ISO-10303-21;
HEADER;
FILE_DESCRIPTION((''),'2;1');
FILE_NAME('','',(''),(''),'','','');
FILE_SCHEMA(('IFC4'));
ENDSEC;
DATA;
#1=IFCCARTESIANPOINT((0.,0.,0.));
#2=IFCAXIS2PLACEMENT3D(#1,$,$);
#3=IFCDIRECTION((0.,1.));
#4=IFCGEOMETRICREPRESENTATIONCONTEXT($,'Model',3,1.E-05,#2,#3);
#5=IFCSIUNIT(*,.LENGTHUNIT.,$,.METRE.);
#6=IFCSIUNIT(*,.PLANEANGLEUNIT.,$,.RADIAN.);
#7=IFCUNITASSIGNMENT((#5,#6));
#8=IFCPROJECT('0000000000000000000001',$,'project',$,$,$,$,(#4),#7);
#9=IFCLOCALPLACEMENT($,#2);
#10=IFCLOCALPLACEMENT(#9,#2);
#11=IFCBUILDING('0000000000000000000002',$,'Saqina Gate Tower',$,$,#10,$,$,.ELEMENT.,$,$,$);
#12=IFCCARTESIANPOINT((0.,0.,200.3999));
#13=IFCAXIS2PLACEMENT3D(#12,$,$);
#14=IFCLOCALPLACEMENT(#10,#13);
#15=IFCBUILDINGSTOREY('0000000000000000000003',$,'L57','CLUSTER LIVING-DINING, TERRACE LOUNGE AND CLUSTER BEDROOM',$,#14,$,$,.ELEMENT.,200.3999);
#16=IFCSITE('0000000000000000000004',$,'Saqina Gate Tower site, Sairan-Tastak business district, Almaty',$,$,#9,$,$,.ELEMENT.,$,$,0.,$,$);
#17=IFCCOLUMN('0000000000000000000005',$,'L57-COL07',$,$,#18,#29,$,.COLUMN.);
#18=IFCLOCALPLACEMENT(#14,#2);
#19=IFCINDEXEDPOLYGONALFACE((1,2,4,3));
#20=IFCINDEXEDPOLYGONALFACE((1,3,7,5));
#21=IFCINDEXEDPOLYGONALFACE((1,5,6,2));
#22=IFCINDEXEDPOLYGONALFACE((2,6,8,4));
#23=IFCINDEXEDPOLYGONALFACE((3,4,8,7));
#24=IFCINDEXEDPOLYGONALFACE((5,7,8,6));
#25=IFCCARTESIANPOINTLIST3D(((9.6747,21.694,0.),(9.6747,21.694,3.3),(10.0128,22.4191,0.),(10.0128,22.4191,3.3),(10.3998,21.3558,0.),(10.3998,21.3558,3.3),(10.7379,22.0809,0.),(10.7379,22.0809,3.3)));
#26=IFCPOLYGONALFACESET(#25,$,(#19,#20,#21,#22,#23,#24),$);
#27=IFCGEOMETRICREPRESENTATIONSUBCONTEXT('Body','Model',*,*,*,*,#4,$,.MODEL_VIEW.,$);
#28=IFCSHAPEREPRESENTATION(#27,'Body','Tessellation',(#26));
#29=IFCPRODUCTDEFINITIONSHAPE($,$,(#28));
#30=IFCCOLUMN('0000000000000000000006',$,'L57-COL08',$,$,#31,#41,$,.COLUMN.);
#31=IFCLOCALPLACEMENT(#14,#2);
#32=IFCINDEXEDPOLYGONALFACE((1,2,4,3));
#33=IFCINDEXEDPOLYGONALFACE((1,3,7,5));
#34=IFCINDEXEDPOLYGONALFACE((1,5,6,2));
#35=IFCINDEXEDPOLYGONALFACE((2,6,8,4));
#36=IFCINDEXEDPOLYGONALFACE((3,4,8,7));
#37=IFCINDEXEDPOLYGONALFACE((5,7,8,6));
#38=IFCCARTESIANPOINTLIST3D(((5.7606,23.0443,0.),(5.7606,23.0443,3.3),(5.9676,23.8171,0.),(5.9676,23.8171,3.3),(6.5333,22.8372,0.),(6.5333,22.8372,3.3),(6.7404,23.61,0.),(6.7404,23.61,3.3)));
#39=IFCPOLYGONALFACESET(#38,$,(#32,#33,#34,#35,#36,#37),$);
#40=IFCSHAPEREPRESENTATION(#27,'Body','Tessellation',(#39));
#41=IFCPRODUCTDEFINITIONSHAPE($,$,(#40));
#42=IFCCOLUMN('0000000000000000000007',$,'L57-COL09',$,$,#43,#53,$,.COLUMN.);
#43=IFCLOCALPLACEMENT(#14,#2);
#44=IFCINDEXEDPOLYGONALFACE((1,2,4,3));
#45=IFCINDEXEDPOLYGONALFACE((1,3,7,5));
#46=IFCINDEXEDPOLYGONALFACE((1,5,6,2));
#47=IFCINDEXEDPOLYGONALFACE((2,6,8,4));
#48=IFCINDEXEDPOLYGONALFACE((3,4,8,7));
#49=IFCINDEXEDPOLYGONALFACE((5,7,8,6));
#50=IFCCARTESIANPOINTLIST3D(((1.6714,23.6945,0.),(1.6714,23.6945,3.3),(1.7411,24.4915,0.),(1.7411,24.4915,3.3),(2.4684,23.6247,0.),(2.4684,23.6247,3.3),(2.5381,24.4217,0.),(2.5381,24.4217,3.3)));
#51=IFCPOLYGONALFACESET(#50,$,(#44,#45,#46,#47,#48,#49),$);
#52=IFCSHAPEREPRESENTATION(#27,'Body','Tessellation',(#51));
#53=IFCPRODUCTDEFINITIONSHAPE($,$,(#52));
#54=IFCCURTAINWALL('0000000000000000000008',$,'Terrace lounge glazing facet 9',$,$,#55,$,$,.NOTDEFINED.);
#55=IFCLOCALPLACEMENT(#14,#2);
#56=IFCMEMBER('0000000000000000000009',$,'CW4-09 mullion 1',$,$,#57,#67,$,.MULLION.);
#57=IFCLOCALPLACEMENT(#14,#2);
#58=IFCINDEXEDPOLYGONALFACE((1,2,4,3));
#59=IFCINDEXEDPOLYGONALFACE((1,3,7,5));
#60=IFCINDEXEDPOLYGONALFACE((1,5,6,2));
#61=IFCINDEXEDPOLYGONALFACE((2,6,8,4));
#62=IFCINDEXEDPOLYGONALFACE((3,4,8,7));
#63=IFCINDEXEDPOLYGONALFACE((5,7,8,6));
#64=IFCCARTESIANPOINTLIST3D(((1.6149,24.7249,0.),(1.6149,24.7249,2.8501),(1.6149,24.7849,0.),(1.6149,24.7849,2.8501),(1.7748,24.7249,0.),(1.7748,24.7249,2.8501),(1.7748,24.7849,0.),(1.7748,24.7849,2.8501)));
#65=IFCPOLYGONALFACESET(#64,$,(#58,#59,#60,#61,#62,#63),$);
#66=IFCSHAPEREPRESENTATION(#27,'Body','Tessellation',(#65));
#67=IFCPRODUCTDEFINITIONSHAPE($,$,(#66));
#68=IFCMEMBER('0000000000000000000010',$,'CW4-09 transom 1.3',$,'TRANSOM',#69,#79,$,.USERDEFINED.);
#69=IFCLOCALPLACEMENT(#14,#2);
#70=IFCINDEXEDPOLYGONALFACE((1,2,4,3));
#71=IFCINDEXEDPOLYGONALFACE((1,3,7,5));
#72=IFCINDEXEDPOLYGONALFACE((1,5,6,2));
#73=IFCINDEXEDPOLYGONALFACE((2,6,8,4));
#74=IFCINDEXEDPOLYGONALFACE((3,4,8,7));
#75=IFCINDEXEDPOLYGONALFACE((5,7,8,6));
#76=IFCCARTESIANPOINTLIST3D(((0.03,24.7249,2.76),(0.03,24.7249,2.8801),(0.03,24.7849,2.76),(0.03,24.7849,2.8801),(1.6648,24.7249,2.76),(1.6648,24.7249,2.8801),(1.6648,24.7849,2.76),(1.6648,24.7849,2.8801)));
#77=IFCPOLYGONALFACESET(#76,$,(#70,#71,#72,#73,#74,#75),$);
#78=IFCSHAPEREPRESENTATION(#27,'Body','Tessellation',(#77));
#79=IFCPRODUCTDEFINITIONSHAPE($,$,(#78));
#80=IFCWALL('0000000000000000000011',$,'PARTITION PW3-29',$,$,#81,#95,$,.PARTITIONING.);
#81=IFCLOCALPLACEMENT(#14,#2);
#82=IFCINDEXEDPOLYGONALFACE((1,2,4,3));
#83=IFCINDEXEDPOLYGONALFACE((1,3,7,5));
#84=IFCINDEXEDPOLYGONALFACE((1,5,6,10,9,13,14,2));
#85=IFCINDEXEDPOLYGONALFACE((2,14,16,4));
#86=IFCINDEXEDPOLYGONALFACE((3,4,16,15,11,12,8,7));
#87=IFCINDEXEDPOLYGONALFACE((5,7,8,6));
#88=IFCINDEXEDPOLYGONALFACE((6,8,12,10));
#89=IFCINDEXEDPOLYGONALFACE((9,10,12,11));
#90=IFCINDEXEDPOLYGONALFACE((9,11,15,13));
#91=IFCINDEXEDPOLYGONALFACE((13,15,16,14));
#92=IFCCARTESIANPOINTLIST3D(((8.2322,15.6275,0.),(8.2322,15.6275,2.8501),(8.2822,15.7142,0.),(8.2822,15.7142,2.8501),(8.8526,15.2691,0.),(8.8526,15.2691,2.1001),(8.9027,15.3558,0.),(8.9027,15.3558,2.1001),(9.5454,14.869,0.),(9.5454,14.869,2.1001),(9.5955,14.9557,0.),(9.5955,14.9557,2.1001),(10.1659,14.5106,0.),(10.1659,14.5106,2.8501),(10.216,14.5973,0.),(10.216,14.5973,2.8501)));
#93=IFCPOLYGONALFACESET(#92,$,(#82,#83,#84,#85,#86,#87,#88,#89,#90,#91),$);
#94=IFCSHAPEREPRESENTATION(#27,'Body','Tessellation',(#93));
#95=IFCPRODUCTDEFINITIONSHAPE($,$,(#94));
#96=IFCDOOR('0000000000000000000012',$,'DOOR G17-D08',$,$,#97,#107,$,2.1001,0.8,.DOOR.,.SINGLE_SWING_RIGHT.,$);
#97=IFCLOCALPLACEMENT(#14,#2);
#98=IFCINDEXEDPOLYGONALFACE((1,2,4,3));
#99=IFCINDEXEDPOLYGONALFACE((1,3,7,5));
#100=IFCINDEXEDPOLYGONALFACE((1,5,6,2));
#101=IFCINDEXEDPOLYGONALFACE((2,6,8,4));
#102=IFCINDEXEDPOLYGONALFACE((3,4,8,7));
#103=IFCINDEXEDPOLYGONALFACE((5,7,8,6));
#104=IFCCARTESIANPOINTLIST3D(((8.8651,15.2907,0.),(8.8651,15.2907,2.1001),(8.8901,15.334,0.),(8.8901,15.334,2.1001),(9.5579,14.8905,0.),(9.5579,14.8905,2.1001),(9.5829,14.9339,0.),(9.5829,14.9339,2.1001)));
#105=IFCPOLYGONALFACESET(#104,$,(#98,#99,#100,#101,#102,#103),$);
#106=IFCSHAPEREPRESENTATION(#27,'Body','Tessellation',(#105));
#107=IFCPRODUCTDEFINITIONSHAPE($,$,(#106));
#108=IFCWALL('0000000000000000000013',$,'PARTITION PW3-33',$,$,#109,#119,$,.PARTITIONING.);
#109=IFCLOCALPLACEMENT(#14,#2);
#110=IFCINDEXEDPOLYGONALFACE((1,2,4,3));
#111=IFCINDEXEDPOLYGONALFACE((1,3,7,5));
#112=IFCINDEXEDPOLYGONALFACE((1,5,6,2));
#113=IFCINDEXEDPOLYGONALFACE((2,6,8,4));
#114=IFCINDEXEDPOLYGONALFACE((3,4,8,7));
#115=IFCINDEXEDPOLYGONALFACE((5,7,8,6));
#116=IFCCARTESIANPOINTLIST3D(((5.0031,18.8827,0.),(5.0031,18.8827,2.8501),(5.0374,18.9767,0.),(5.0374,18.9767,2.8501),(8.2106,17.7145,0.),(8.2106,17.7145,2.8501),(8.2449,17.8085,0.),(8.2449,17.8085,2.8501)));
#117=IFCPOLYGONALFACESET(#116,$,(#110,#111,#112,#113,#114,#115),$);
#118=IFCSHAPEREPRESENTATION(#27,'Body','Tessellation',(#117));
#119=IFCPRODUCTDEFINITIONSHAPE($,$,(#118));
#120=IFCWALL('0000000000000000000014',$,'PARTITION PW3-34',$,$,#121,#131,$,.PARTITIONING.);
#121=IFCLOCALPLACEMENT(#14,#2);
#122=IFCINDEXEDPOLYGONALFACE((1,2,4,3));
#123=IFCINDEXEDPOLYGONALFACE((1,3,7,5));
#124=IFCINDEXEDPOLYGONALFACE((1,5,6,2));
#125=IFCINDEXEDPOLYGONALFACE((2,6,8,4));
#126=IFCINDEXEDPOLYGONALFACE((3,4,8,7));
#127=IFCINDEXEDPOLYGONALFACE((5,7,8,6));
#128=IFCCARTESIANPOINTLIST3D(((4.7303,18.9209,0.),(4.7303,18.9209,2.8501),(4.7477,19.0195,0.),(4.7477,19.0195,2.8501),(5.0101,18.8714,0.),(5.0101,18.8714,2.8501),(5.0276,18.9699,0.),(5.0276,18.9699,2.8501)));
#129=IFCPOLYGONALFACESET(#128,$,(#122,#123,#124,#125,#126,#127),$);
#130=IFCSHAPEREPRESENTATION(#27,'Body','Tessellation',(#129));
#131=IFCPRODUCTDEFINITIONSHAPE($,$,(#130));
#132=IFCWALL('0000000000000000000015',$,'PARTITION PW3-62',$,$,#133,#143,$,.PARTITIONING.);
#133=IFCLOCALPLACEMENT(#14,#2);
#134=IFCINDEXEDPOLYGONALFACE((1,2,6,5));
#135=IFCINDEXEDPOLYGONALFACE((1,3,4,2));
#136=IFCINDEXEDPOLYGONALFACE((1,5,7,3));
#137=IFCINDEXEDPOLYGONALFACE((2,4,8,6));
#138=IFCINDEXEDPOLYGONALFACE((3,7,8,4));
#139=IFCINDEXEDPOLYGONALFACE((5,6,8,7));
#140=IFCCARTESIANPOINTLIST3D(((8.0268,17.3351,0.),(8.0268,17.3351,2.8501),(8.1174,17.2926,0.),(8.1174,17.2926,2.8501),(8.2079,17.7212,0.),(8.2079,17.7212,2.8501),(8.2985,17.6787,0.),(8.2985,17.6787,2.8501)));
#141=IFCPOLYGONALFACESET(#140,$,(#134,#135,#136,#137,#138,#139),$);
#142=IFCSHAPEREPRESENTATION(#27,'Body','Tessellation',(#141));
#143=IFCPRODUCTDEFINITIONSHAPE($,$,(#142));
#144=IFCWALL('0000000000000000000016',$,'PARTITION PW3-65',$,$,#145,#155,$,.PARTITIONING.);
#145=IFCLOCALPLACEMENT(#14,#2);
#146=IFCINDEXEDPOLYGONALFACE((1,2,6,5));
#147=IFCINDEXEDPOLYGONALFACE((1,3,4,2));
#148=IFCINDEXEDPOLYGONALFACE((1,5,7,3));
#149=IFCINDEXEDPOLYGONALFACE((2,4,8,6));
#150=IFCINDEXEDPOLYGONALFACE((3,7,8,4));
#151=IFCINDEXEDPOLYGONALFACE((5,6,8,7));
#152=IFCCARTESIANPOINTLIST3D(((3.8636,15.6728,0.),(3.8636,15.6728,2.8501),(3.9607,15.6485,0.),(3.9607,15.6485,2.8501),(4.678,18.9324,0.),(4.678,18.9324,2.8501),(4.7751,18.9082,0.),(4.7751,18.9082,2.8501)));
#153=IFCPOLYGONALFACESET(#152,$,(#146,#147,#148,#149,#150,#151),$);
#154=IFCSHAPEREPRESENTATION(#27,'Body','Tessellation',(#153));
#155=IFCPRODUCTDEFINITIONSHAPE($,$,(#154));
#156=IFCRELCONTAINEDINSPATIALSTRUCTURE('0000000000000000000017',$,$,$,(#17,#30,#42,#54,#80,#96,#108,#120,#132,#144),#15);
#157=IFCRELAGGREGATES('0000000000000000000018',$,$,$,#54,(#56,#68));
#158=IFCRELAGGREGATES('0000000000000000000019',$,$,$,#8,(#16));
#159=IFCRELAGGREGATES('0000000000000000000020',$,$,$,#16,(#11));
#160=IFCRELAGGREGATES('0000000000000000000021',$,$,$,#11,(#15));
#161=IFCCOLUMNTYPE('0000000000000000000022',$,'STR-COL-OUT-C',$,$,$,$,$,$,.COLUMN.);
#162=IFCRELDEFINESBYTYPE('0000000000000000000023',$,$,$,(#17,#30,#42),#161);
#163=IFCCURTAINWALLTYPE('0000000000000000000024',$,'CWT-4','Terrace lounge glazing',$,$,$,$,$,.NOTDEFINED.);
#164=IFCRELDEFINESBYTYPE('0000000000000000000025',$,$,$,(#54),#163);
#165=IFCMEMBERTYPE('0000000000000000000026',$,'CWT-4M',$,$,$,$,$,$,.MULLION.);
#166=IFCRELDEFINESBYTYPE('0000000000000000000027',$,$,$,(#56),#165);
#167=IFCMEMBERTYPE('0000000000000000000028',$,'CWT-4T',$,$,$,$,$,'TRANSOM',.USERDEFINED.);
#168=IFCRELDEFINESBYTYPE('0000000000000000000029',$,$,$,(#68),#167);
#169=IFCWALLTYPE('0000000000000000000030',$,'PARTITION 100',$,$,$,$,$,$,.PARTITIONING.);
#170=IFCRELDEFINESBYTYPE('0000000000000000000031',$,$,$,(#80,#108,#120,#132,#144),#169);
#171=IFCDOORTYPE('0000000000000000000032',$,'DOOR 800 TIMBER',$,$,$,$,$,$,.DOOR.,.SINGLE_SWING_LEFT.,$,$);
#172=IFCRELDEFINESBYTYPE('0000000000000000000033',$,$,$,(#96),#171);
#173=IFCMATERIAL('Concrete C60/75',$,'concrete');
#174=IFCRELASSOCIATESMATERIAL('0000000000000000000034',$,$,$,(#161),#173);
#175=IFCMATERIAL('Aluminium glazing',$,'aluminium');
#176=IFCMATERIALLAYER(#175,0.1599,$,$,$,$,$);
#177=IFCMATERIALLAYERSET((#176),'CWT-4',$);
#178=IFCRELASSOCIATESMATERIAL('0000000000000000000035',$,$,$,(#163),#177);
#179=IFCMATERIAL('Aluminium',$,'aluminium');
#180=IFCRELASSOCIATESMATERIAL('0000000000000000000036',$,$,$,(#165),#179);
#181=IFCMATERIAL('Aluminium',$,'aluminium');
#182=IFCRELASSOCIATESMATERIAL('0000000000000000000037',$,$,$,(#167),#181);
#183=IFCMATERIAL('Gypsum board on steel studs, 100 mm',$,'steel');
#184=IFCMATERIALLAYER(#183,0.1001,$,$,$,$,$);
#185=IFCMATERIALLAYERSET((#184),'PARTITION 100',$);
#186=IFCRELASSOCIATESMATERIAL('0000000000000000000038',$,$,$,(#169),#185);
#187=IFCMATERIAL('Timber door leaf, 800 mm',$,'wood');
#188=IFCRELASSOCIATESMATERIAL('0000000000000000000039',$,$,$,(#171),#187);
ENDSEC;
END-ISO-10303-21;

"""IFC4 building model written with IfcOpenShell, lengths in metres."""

from ifc_helpers import new_model, si_unit, direction, frame, frame_2d, origin, origin_2d, place, context, subcontext, project, spatial, rectangle, extrude, material, layer, layer_set, material_profile, profile_set, type_object, element, fill, aggregate, save


model = new_model("IFC4")

# Units and contexts
model_context = context("Model", 3, precision=1e-05, world=origin(), true_north=direction((0.0, 1.0)))
body_context = subcontext(model_context, "Body", "Model", "MODEL_VIEW")
ifc_project = project(units=[si_unit("LENGTHUNIT", "METRE"), si_unit("PLANEANGLEUNIT", "RADIAN")], contexts=[model_context])

# Site, building, storey
site_placement = place(None, origin())
site = spatial("IfcSite", under=ifc_project, at=site_placement, Name="Saqina Gate Tower site, Sairan-Tastak business district, Almaty", CompositionType="ELEMENT", RefElevation=0.0)
building_placement = place(site_placement, origin())
building = spatial("IfcBuilding", under=site, at=building_placement, Name="Saqina Gate Tower", CompositionType="ELEMENT")
storey_placement = place(building_placement, frame((0.0, 0.0, 200.3999)))
storey = spatial("IfcBuildingStorey", under=building, at=storey_placement, Name="L57", Description="CLUSTER LIVING-DINING, TERRACE LOUNGE AND CLUSTER BEDROOM", CompositionType="ELEMENT", Elevation=200.3999)

# Columns
ifc_material_1 = material(Name="Concrete C60/75", Category="concrete")
ifc_material_profile_1 = material_profile(ifc_material_1, rectangle(XDim=0.8, YDim=0.8, at=origin_2d()), Name="RC 800x800")
ifc_profile_set_1 = profile_set([ifc_material_profile_1], Name="Concrete C60/75")
column_type = type_object("IfcColumnType", Name="STR-COL-OUT-C", PredefinedType="COLUMN", material=ifc_profile_set_1)
for number, where, z_axis, x_axis, name in (
    (1, (10.2063, 21.8875, 0.0), (0.0, 0.0, 1.0), (0.422618, 0.906308, 0.0), "L57-COL07"),
    (2, (6.2505, 23.3271, 0.0), (0.0, 0.0, 1.0), (0.258819, 0.965926, 0.0), "L57-COL08"),
    (3, (2.1047, 24.0581, 0.0), (0.0, 0.0, 1.0), (0.087156, 0.996195, 0.0), "L57-COL09"),
):
    element("IfcColumn", number, at=place(storey_placement, frame(where, z_axis=z_axis, x_axis=x_axis)), inside=storey, type_object=column_type, Name=name, PredefinedType="COLUMN", context=body_context, shape_type="SweptSolid", body=[
        extrude(rectangle(XDim=0.8, YDim=0.8, at=origin_2d()), origin(), (0.0, 0.0, 1.0), 3.3),
    ])

# Curtain wall, members
ifc_material_2 = material(Name="Aluminium glazing", Category="aluminium")
ifc_layer_1 = layer(ifc_material_2, 0.1599)
ifc_layer_set_1 = layer_set([ifc_layer_1], Name="CWT-4")
curtain_wall_type = type_object("IfcCurtainWallType", Name="CWT-4", Description="Terrace lounge glazing", PredefinedType="NOTDEFINED", material=ifc_layer_set_1)
curtain_wall_placement = place(storey_placement, origin())
curtain_wall = element("IfcCurtainWall", 4, at=curtain_wall_placement, inside=storey, type_object=curtain_wall_type, Name="Terrace lounge glazing facet 9", PredefinedType="NOTDEFINED")
ifc_material_3 = material(Name="Aluminium", Category="aluminium")
ifc_material_profile_2 = material_profile(ifc_material_3, rectangle(XDim=0.0601, YDim=0.1599, at=origin_2d()), Name="Aluminium 60x160")
ifc_profile_set_2 = profile_set([ifc_material_profile_2], Name="Aluminium")
member_type_1 = type_object("IfcMemberType", Name="CWT-4M", PredefinedType="MULLION", material=ifc_profile_set_2)
member_1_placement = place(storey_placement, frame((1.6948, 24.7549, 0.0), z_axis=(0.0, 0.0, 1.0), x_axis=(0.0, -1.0, 0.0)))
member_1 = element("IfcMember", 5, at=member_1_placement, type_object=member_type_1, Name="CW4-09 mullion 1", PredefinedType="MULLION", context=body_context, shape_type="SweptSolid", body=[
    extrude(rectangle(XDim=0.0601, YDim=0.1599, at=origin_2d()), origin(), (0.0, 0.0, 1.0), 2.8501),
])
ifc_material_4 = material(Name="Aluminium", Category="aluminium")
ifc_material_profile_3 = material_profile(ifc_material_4, rectangle(XDim=0.0601, YDim=0.1201, at=origin_2d()), Name="Aluminium 60x120")
ifc_profile_set_3 = profile_set([ifc_material_profile_3], Name="Aluminium")
member_type_2 = type_object("IfcMemberType", Name="CWT-4T", ElementType="TRANSOM", PredefinedType="USERDEFINED", material=ifc_profile_set_3)
member_2_placement = place(storey_placement, frame((1.6648, 24.7549, 2.8201), z_axis=(-1.0, 0.0, 0.0), x_axis=(0.0, -1.0, 0.0)))
member_2 = element("IfcMember", 6, at=member_2_placement, type_object=member_type_2, Name="CW4-09 transom 1.3", ObjectType="TRANSOM", PredefinedType="USERDEFINED", context=body_context, shape_type="SweptSolid", body=[
    extrude(rectangle(XDim=0.0601, YDim=0.1201, at=origin_2d()), origin(), (0.0, 0.0, 1.0), 1.6348),
])
aggregate(curtain_wall, [member_1, member_2])

# Wall, opening, door
ifc_material_5 = material(Name="Gypsum board on steel studs, 100 mm", Category="steel")
ifc_layer_2 = layer(ifc_material_5, 0.1001)
ifc_layer_set_2 = layer_set([ifc_layer_2], Name="PARTITION 100")
wall_type_1 = type_object("IfcWallType", Name="PARTITION 100", PredefinedType="PARTITIONING", material=ifc_layer_set_2)
wall_1_placement = place(storey_placement, frame((8.2571, 15.6709, 0.0), z_axis=(0.0, 0.0, 1.0), x_axis=(0.86594, -0.500148, 0.0)))
wall_1 = element("IfcWall", 7, at=wall_1_placement, inside=storey, type_object=wall_type_1, Name="PARTITION PW3-29", PredefinedType="PARTITIONING", context=body_context, shape_type="SweptSolid", body=[
    extrude(rectangle(XDim=2.2332, YDim=0.1001, at=frame_2d((1.1167, 0.0))), origin(), (0.0, 0.0, 1.0), 2.8501),
])
opening_1_placement = place(wall_1_placement, frame((0.7168, 0.0, 0.0)))
opening_1 = element("IfcOpeningElement", 8, at=opening_1_placement, cuts=wall_1, PredefinedType="OPENING", context=body_context, shape_type="SweptSolid", body=[
    extrude(rectangle(XDim=0.8, YDim=2.1001, at=frame_2d((0.3999, 1.05))), frame((0.0, 0.062, 0.0), z_axis=(0.0, -1.0, 0.0), x_axis=(1.0, 0.0, 0.0)), (0.0, 0.0, 1.0), 0.124),
])
ifc_material_6 = material(Name="Timber door leaf, 800 mm", Category="wood")
door_type_1 = type_object("IfcDoorType", Name="DOOR 800 TIMBER", OperationType="SINGLE_SWING_LEFT", PredefinedType="DOOR", material=ifc_material_6)
door_1_placement = place(opening_1_placement, origin())
door_1 = element("IfcDoor", 9, at=door_1_placement, inside=storey, type_object=door_type_1, Name="DOOR G17-D08", OperationType="SINGLE_SWING_RIGHT", OverallHeight=2.1001, OverallWidth=0.8, PredefinedType="DOOR", context=body_context, shape_type="SweptSolid", body=[
    extrude(rectangle(XDim=0.8, YDim=2.1001, at=frame_2d((0.3999, 1.05))), frame((0.0, 0.0249, 0.0), z_axis=(0.0, -1.0, 0.0), x_axis=(1.0, 0.0, 0.0)), (0.0, 0.0, 1.0), 0.05),
])
fill(opening_1, door_1)

# Walls
wall_2_placement = place(storey_placement, frame((5.0203, 18.9297, 0.0), z_axis=(0.0, 0.0, 1.0), x_axis=(0.93962, -0.34222, 0.0)))
element("IfcWall", 10, at=wall_2_placement, inside=storey, type_object=wall_type_1, Name="PARTITION PW3-33", PredefinedType="PARTITIONING", context=body_context, shape_type="SweptSolid", body=[
    extrude(rectangle(XDim=3.4136, YDim=0.1001, at=frame_2d((1.7068, 0.0))), origin(), (0.0, 0.0, 1.0), 2.8501),
])
wall_3_placement = place(storey_placement, frame((4.739, 18.9702, 0.0), z_axis=(0.0, 0.0, 1.0), x_axis=(0.984671, -0.174423, 0.0)))
element("IfcWall", 11, at=wall_3_placement, inside=storey, type_object=wall_type_1, Name="PARTITION PW3-34", PredefinedType="PARTITIONING", context=body_context, shape_type="SweptSolid", body=[
    extrude(rectangle(XDim=0.2842, YDim=0.1001, at=frame_2d((0.1421, 0.0))), origin(), (0.0, 0.0, 1.0), 2.8501),
])
wall_4_placement = place(storey_placement, frame((8.072, 17.3137, 0.0), z_axis=(0.0, 0.0, 1.0), x_axis=(0.424639, 0.905363, 0.0)))
element("IfcWall", 12, at=wall_4_placement, inside=storey, type_object=wall_type_1, Name="PARTITION PW3-62", PredefinedType="PARTITIONING", context=body_context, shape_type="SweptSolid", body=[
    extrude(rectangle(XDim=0.4265, YDim=0.1001, at=frame_2d((0.2134, 0.0))), origin(), (0.0, 0.0, 1.0), 2.8501),
])
wall_5_placement = place(storey_placement, frame((3.9121, 15.6606, 0.0), z_axis=(0.0, 0.0, 1.0), x_axis=(0.242399, 0.970177, 0.0)))
element("IfcWall", 13, at=wall_5_placement, inside=storey, type_object=wall_type_1, Name="PARTITION PW3-65", PredefinedType="PARTITIONING", context=body_context, shape_type="SweptSolid", body=[
    extrude(rectangle(XDim=3.3599, YDim=0.1001, at=frame_2d((1.6799, 0.0))), origin(), (0.0, 0.0, 1.0), 2.8501),
])

save(model, "model.ifc")
